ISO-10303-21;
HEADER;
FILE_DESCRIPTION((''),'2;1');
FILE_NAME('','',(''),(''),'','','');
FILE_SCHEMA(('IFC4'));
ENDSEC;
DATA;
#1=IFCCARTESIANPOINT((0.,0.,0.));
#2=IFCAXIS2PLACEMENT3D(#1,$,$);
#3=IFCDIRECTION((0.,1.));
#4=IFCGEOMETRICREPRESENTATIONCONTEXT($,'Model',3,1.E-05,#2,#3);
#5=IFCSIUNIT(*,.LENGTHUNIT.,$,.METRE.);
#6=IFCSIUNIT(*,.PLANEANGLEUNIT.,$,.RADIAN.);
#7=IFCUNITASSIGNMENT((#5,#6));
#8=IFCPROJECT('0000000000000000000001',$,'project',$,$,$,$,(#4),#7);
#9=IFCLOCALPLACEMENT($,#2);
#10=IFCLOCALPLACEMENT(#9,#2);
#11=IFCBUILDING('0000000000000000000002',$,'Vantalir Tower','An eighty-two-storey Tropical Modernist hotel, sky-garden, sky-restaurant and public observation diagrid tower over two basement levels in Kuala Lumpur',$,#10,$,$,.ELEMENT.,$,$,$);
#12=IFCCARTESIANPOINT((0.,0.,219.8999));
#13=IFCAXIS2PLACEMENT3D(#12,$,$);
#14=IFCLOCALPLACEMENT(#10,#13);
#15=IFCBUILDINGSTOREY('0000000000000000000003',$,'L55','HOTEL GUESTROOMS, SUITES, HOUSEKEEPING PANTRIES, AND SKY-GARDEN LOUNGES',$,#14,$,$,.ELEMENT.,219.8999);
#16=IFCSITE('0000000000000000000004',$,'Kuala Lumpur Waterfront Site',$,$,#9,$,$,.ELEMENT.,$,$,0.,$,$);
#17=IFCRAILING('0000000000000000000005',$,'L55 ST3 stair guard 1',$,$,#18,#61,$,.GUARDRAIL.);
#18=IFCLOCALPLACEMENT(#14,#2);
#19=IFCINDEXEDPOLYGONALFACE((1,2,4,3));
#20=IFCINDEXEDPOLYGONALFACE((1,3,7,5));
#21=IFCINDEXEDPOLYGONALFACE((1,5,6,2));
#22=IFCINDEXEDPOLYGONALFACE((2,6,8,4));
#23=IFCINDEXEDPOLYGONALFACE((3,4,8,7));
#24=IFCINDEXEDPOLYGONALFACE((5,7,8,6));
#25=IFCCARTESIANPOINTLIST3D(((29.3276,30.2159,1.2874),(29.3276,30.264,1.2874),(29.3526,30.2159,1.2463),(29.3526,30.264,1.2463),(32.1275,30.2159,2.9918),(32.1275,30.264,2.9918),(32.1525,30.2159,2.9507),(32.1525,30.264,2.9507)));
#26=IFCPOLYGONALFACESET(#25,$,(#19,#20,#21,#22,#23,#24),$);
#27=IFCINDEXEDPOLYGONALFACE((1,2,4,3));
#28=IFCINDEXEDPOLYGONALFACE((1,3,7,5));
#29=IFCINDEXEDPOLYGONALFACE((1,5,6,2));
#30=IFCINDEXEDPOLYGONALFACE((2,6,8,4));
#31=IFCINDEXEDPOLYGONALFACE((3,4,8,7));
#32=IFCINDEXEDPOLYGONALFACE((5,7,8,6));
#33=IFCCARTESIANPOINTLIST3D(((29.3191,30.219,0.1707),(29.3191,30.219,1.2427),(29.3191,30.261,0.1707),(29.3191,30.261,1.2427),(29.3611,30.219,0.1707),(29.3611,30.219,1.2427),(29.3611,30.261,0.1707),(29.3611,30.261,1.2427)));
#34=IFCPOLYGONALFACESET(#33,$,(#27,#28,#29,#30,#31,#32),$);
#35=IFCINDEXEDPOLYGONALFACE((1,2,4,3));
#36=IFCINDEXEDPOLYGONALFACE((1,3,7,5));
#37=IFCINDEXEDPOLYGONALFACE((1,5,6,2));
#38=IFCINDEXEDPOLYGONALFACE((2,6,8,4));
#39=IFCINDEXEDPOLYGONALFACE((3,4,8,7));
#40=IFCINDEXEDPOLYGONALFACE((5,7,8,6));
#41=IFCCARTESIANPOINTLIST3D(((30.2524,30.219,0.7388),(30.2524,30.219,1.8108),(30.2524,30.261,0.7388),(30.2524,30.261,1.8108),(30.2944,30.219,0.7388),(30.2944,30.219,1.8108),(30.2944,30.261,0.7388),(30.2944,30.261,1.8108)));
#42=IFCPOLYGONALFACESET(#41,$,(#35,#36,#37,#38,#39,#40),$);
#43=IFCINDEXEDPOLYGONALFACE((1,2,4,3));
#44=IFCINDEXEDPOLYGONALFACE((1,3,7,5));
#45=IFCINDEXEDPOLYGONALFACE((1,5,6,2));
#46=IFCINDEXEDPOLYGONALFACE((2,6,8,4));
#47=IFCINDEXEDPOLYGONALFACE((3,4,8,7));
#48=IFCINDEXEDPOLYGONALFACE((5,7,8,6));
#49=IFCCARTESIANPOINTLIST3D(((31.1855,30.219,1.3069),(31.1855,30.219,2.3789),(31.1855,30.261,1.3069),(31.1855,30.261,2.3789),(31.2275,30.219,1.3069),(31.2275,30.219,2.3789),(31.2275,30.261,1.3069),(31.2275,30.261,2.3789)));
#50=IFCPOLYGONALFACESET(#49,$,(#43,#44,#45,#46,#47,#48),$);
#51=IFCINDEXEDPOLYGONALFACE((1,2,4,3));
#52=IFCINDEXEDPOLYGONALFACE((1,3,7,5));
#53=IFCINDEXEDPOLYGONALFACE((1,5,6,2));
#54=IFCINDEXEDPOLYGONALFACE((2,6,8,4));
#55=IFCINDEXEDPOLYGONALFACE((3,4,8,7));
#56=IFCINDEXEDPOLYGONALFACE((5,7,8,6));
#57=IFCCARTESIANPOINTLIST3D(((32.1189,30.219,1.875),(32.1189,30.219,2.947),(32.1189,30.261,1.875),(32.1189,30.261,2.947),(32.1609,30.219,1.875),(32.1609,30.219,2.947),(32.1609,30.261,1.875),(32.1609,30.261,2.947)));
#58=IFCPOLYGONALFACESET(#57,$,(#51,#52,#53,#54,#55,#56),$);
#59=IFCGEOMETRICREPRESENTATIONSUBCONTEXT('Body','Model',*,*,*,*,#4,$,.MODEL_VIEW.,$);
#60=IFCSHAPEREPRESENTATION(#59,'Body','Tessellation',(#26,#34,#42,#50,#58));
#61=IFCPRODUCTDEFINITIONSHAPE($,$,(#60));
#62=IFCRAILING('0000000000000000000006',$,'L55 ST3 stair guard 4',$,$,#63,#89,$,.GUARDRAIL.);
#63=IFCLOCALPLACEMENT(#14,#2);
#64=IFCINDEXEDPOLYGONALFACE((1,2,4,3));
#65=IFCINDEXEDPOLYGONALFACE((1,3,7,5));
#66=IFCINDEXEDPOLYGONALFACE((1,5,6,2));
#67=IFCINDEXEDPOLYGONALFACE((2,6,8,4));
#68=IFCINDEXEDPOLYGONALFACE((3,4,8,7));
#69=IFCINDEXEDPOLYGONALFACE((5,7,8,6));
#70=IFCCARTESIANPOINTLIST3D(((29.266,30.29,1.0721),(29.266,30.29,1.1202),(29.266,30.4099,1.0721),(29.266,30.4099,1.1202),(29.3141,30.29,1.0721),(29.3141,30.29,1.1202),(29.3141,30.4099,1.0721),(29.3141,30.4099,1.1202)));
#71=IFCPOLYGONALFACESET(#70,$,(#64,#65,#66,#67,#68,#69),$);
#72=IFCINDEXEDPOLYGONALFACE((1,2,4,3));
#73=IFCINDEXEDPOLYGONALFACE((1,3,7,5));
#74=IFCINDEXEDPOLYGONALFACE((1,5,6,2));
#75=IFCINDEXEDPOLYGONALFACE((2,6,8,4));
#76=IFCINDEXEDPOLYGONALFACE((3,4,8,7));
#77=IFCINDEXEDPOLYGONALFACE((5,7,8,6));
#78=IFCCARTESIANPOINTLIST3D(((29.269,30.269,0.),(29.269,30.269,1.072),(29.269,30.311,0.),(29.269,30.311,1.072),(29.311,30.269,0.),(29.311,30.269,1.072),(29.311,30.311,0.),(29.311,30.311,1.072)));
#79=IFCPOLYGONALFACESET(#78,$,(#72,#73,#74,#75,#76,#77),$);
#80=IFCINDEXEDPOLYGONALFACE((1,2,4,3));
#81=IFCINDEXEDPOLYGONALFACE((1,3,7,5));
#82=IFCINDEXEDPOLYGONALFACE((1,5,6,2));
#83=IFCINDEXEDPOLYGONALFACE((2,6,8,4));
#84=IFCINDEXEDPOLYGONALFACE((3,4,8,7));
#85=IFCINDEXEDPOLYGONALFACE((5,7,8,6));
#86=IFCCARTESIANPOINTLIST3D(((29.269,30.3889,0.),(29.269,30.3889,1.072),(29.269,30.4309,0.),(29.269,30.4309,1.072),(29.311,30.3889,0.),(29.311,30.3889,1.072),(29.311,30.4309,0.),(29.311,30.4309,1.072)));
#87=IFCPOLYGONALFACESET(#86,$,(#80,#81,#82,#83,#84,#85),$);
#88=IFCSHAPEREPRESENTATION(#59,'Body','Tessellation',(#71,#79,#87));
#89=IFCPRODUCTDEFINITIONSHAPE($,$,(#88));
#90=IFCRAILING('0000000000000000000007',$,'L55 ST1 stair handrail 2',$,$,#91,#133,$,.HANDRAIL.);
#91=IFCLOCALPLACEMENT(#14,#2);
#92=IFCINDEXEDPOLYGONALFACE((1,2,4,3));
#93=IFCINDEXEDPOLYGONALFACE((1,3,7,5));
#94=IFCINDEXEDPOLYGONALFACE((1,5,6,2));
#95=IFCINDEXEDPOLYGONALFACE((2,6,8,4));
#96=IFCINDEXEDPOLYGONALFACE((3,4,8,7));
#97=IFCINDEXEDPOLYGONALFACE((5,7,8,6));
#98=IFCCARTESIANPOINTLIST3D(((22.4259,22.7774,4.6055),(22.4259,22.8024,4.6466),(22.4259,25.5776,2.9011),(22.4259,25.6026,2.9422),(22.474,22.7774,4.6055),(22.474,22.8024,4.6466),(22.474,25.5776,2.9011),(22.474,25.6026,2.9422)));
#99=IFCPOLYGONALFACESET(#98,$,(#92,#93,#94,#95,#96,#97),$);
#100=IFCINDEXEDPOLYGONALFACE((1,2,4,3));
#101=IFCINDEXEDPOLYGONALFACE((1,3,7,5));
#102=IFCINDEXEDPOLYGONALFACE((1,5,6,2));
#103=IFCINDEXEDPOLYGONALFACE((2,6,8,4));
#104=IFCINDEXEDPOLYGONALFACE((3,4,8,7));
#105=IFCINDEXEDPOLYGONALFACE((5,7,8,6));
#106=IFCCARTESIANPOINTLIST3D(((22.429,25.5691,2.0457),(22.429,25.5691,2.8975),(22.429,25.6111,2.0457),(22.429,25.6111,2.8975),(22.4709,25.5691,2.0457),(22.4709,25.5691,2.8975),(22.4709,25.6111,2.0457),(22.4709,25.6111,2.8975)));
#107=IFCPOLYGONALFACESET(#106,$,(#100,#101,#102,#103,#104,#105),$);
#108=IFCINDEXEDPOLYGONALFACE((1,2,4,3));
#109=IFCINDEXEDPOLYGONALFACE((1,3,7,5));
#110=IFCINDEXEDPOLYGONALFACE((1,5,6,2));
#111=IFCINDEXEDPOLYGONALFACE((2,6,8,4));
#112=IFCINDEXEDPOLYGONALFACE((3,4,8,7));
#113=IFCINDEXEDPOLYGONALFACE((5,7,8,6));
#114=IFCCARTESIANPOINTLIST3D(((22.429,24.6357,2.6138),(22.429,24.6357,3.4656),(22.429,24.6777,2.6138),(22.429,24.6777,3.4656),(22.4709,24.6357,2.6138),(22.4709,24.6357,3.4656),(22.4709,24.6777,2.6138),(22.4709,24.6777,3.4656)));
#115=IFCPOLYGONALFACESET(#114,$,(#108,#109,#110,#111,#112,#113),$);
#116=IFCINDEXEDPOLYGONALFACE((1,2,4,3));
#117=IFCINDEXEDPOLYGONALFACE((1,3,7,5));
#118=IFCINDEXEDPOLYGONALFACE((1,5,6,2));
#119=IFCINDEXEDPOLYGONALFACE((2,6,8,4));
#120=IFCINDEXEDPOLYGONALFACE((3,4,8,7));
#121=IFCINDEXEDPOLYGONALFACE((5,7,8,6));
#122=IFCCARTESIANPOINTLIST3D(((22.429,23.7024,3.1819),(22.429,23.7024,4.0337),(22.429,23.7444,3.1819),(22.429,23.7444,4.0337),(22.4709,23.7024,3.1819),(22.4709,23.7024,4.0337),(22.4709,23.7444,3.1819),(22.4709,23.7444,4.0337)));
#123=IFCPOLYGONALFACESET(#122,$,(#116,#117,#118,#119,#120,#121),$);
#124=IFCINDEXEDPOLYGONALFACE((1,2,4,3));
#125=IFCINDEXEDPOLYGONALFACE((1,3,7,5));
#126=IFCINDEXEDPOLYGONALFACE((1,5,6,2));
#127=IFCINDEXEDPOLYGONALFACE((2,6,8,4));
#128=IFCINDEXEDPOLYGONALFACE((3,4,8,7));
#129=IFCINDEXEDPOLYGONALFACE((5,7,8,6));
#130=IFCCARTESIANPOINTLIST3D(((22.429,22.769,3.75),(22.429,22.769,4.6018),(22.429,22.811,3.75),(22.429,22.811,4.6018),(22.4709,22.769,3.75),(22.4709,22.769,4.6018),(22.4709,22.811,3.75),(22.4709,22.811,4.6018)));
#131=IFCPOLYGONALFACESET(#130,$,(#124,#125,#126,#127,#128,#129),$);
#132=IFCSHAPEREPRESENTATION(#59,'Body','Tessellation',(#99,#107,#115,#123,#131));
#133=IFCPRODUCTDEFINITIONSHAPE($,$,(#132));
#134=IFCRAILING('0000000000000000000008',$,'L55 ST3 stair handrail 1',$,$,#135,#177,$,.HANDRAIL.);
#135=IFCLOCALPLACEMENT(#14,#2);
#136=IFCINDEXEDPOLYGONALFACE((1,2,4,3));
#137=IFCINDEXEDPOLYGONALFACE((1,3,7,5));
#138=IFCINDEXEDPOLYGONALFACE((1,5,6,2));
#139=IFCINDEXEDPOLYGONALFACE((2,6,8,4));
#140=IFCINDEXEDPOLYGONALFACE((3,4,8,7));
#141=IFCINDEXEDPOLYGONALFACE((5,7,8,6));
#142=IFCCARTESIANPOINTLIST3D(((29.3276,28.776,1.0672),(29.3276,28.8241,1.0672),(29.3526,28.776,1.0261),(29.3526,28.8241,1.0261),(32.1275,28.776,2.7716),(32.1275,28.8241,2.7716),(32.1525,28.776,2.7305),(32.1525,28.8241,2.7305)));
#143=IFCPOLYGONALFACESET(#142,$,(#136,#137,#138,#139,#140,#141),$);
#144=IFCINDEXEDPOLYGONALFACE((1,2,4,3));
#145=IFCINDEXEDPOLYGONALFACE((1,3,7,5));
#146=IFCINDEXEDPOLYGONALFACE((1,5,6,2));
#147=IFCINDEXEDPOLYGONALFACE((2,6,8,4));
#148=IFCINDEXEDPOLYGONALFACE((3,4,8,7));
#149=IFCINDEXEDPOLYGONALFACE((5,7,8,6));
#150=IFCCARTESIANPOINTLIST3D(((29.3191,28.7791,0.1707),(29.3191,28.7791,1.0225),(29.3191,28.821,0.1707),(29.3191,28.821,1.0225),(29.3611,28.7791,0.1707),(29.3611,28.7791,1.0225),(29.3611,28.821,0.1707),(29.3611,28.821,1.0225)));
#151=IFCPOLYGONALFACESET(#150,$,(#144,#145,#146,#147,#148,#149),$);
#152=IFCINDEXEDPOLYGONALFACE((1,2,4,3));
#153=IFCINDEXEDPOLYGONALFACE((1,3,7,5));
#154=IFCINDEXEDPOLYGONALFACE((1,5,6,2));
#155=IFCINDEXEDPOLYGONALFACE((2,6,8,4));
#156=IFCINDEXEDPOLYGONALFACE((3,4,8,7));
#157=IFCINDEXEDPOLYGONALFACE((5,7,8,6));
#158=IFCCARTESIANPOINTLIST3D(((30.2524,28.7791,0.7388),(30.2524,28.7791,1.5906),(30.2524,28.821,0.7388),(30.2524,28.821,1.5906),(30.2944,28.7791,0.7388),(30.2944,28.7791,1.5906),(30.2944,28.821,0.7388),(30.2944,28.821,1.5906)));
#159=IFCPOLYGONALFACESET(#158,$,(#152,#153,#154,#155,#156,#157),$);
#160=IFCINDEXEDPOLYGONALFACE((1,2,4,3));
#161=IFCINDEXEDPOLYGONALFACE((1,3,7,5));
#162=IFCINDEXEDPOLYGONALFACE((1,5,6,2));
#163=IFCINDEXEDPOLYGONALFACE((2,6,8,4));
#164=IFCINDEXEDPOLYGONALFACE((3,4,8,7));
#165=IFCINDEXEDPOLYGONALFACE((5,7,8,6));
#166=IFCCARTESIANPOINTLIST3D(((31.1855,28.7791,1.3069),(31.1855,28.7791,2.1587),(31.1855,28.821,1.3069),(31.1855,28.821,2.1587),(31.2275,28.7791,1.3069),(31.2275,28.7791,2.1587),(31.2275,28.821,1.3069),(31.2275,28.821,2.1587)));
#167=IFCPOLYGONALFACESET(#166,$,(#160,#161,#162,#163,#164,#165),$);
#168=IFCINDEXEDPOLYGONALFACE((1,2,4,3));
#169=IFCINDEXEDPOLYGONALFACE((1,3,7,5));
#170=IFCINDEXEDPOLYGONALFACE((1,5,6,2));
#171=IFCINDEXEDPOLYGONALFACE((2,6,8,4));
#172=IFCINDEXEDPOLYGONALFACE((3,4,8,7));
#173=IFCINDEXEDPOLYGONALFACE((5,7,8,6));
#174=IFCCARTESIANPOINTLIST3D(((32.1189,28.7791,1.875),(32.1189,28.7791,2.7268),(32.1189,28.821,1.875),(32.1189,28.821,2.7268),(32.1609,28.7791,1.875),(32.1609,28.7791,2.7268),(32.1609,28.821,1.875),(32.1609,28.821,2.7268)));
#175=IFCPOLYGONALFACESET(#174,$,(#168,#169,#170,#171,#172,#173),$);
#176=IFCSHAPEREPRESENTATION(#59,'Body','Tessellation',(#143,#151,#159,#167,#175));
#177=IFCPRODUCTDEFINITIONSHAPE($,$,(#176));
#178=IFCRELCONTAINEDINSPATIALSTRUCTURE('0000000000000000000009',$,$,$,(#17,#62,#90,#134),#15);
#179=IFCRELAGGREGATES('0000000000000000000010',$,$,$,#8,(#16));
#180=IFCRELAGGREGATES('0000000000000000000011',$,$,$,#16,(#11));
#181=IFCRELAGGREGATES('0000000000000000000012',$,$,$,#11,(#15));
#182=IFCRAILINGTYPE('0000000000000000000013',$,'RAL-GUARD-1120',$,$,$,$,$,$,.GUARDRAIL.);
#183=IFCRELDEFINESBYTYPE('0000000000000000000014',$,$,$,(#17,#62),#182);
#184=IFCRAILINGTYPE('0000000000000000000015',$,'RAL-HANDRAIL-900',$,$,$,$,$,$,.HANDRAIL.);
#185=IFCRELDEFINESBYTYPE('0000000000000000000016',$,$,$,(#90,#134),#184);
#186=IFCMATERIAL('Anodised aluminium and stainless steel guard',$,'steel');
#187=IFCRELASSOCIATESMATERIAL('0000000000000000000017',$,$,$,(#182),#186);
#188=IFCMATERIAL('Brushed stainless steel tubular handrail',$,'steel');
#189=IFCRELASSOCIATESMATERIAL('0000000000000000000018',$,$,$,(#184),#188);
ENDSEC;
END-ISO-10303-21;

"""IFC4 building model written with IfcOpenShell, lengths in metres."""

from ifc_helpers import new_model, si_unit, direction, frame, origin, origin_2d, place, context, subcontext, project, spatial, rectangle, extrude, material, type_object, element, save


model = new_model("IFC4")

# Units and contexts
model_context = context("Model", 3, precision=1e-05, world=origin(), true_north=direction((0.0, 1.0)))
body_context = subcontext(model_context, "Body", "Model", "MODEL_VIEW")
ifc_project = project(units=[si_unit("LENGTHUNIT", "METRE"), si_unit("PLANEANGLEUNIT", "RADIAN")], contexts=[model_context])

# Site, building, storey
site_placement = place(None, origin())
site = spatial("IfcSite", under=ifc_project, at=site_placement, Name="Kuala Lumpur Waterfront Site", CompositionType="ELEMENT", RefElevation=0.0)
building_placement = place(site_placement, origin())
building = spatial("IfcBuilding", under=site, at=building_placement, Name="Vantalir Tower", Description="An eighty-two-storey Tropical Modernist hotel, sky-garden, sky-restaurant and public observation diagrid tower over two basement levels in Kuala Lumpur", CompositionType="ELEMENT")
storey_placement = place(building_placement, frame((0.0, 0.0, 219.8999)))
storey = spatial("IfcBuildingStorey", under=building, at=storey_placement, Name="L55", Description="HOTEL GUESTROOMS, SUITES, HOUSEKEEPING PANTRIES, AND SKY-GARDEN LOUNGES", CompositionType="ELEMENT", Elevation=219.8999)

# Railings
ifc_material_1 = material(Name="Anodised aluminium and stainless steel guard", Category="steel")
railing_type_1 = type_object("IfcRailingType", Name="RAL-GUARD-1120", PredefinedType="GUARDRAIL", material=ifc_material_1)
railing_1_placement = place(storey_placement, frame((29.3401, 30.24, 0.1707)))
element("IfcRailing", 1, at=railing_1_placement, inside=storey, type_object=railing_type_1, Name="L55 ST3 stair guard 1", PredefinedType="GUARDRAIL", context=body_context, shape_type="SweptSolid", body=[
    extrude(rectangle(XDim=0.0481, YDim=0.0481, at=origin_2d()), frame((0.0, 0.0, 1.0962), z_axis=(0.854183, 0.0, 0.519973), x_axis=(0.0, 1.0, 0.0)), (0.0, 0.0, 1.0), 3.2778),
    extrude(rectangle(XDim=0.042, YDim=0.042, at=origin_2d()), origin(), (0.0, 0.0, 1.0), 1.072),
    extrude(rectangle(XDim=0.042, YDim=0.042, at=origin_2d()), frame((0.9333, 0.0, 0.5681)), (0.0, 0.0, 1.0), 1.072),
    extrude(rectangle(XDim=0.042, YDim=0.042, at=origin_2d()), frame((1.8665, 0.0, 1.1362)), (0.0, 0.0, 1.0), 1.072),
    extrude(rectangle(XDim=0.042, YDim=0.042, at=origin_2d()), frame((2.7998, 0.0, 1.7043)), (0.0, 0.0, 1.0), 1.072),
])
railing_2_placement = place(storey_placement, frame((29.29, 30.29, 0.0)))
element("IfcRailing", 2, at=railing_2_placement, inside=storey, type_object=railing_type_1, Name="L55 ST3 stair guard 4", PredefinedType="GUARDRAIL", context=body_context, shape_type="SweptSolid", body=[
    extrude(rectangle(XDim=0.0481, YDim=0.0481, at=origin_2d()), frame((0.0, 0.0, 1.0962), z_axis=(0.0, 1.0, 0.0), x_axis=(-1.0, 0.0, 0.0)), (0.0, 0.0, 1.0), 0.1199),
    extrude(rectangle(XDim=0.042, YDim=0.042, at=origin_2d()), origin(), (0.0, 0.0, 1.0), 1.072),
    extrude(rectangle(XDim=0.042, YDim=0.042, at=origin_2d()), frame((0.0, 0.1199, 0.0)), (0.0, 0.0, 1.0), 1.072),
])
ifc_material_2 = material(Name="Brushed stainless steel tubular handrail", Category="steel")
railing_type_2 = type_object("IfcRailingType", Name="RAL-HANDRAIL-900", PredefinedType="HANDRAIL", material=ifc_material_2)
railing_3_placement = place(storey_placement, frame((22.45, 25.5901, 2.0457)))
element("IfcRailing", 3, at=railing_3_placement, inside=storey, type_object=railing_type_2, Name="L55 ST1 stair handrail 2", PredefinedType="HANDRAIL", context=body_context, shape_type="SweptSolid", body=[
    extrude(rectangle(XDim=0.0481, YDim=0.0481, at=origin_2d()), frame((0.0, 0.0, 0.876), z_axis=(0.0, -0.854203, 0.51994), x_axis=(1.0, 0.0, 0.0)), (0.0, 0.0, 1.0), 3.2781),
    extrude(rectangle(XDim=0.042, YDim=0.042, at=origin_2d()), origin(), (0.0, 0.0, 1.0), 0.8518),
    extrude(rectangle(XDim=0.042, YDim=0.042, at=origin_2d()), frame((0.0, -0.9333, 0.5681)), (0.0, 0.0, 1.0), 0.8518),
    extrude(rectangle(XDim=0.042, YDim=0.042, at=origin_2d()), frame((0.0, -1.8667, 1.1362)), (0.0, 0.0, 1.0), 0.8518),
    extrude(rectangle(XDim=0.042, YDim=0.042, at=origin_2d()), frame((0.0, -2.8, 1.7043)), (0.0, 0.0, 1.0), 0.8518),
])
railing_4_placement = place(storey_placement, frame((29.3401, 28.8, 0.1707)))
element("IfcRailing", 4, at=railing_4_placement, inside=storey, type_object=railing_type_2, Name="L55 ST3 stair handrail 1", PredefinedType="HANDRAIL", context=body_context, shape_type="SweptSolid", body=[
    extrude(rectangle(XDim=0.0481, YDim=0.0481, at=origin_2d()), frame((0.0, 0.0, 0.876), z_axis=(0.854183, 0.0, 0.519973), x_axis=(0.0, 1.0, 0.0)), (0.0, 0.0, 1.0), 3.2778),
    extrude(rectangle(XDim=0.042, YDim=0.042, at=origin_2d()), origin(), (0.0, 0.0, 1.0), 0.8518),
    extrude(rectangle(XDim=0.042, YDim=0.042, at=origin_2d()), frame((0.9333, 0.0, 0.5681)), (0.0, 0.0, 1.0), 0.8518),
    extrude(rectangle(XDim=0.042, YDim=0.042, at=origin_2d()), frame((1.8665, 0.0, 1.1362)), (0.0, 0.0, 1.0), 0.8518),
    extrude(rectangle(XDim=0.042, YDim=0.042, at=origin_2d()), frame((2.7998, 0.0, 1.7043)), (0.0, 0.0, 1.0), 0.8518),
])

save(model, "model.ifc")
